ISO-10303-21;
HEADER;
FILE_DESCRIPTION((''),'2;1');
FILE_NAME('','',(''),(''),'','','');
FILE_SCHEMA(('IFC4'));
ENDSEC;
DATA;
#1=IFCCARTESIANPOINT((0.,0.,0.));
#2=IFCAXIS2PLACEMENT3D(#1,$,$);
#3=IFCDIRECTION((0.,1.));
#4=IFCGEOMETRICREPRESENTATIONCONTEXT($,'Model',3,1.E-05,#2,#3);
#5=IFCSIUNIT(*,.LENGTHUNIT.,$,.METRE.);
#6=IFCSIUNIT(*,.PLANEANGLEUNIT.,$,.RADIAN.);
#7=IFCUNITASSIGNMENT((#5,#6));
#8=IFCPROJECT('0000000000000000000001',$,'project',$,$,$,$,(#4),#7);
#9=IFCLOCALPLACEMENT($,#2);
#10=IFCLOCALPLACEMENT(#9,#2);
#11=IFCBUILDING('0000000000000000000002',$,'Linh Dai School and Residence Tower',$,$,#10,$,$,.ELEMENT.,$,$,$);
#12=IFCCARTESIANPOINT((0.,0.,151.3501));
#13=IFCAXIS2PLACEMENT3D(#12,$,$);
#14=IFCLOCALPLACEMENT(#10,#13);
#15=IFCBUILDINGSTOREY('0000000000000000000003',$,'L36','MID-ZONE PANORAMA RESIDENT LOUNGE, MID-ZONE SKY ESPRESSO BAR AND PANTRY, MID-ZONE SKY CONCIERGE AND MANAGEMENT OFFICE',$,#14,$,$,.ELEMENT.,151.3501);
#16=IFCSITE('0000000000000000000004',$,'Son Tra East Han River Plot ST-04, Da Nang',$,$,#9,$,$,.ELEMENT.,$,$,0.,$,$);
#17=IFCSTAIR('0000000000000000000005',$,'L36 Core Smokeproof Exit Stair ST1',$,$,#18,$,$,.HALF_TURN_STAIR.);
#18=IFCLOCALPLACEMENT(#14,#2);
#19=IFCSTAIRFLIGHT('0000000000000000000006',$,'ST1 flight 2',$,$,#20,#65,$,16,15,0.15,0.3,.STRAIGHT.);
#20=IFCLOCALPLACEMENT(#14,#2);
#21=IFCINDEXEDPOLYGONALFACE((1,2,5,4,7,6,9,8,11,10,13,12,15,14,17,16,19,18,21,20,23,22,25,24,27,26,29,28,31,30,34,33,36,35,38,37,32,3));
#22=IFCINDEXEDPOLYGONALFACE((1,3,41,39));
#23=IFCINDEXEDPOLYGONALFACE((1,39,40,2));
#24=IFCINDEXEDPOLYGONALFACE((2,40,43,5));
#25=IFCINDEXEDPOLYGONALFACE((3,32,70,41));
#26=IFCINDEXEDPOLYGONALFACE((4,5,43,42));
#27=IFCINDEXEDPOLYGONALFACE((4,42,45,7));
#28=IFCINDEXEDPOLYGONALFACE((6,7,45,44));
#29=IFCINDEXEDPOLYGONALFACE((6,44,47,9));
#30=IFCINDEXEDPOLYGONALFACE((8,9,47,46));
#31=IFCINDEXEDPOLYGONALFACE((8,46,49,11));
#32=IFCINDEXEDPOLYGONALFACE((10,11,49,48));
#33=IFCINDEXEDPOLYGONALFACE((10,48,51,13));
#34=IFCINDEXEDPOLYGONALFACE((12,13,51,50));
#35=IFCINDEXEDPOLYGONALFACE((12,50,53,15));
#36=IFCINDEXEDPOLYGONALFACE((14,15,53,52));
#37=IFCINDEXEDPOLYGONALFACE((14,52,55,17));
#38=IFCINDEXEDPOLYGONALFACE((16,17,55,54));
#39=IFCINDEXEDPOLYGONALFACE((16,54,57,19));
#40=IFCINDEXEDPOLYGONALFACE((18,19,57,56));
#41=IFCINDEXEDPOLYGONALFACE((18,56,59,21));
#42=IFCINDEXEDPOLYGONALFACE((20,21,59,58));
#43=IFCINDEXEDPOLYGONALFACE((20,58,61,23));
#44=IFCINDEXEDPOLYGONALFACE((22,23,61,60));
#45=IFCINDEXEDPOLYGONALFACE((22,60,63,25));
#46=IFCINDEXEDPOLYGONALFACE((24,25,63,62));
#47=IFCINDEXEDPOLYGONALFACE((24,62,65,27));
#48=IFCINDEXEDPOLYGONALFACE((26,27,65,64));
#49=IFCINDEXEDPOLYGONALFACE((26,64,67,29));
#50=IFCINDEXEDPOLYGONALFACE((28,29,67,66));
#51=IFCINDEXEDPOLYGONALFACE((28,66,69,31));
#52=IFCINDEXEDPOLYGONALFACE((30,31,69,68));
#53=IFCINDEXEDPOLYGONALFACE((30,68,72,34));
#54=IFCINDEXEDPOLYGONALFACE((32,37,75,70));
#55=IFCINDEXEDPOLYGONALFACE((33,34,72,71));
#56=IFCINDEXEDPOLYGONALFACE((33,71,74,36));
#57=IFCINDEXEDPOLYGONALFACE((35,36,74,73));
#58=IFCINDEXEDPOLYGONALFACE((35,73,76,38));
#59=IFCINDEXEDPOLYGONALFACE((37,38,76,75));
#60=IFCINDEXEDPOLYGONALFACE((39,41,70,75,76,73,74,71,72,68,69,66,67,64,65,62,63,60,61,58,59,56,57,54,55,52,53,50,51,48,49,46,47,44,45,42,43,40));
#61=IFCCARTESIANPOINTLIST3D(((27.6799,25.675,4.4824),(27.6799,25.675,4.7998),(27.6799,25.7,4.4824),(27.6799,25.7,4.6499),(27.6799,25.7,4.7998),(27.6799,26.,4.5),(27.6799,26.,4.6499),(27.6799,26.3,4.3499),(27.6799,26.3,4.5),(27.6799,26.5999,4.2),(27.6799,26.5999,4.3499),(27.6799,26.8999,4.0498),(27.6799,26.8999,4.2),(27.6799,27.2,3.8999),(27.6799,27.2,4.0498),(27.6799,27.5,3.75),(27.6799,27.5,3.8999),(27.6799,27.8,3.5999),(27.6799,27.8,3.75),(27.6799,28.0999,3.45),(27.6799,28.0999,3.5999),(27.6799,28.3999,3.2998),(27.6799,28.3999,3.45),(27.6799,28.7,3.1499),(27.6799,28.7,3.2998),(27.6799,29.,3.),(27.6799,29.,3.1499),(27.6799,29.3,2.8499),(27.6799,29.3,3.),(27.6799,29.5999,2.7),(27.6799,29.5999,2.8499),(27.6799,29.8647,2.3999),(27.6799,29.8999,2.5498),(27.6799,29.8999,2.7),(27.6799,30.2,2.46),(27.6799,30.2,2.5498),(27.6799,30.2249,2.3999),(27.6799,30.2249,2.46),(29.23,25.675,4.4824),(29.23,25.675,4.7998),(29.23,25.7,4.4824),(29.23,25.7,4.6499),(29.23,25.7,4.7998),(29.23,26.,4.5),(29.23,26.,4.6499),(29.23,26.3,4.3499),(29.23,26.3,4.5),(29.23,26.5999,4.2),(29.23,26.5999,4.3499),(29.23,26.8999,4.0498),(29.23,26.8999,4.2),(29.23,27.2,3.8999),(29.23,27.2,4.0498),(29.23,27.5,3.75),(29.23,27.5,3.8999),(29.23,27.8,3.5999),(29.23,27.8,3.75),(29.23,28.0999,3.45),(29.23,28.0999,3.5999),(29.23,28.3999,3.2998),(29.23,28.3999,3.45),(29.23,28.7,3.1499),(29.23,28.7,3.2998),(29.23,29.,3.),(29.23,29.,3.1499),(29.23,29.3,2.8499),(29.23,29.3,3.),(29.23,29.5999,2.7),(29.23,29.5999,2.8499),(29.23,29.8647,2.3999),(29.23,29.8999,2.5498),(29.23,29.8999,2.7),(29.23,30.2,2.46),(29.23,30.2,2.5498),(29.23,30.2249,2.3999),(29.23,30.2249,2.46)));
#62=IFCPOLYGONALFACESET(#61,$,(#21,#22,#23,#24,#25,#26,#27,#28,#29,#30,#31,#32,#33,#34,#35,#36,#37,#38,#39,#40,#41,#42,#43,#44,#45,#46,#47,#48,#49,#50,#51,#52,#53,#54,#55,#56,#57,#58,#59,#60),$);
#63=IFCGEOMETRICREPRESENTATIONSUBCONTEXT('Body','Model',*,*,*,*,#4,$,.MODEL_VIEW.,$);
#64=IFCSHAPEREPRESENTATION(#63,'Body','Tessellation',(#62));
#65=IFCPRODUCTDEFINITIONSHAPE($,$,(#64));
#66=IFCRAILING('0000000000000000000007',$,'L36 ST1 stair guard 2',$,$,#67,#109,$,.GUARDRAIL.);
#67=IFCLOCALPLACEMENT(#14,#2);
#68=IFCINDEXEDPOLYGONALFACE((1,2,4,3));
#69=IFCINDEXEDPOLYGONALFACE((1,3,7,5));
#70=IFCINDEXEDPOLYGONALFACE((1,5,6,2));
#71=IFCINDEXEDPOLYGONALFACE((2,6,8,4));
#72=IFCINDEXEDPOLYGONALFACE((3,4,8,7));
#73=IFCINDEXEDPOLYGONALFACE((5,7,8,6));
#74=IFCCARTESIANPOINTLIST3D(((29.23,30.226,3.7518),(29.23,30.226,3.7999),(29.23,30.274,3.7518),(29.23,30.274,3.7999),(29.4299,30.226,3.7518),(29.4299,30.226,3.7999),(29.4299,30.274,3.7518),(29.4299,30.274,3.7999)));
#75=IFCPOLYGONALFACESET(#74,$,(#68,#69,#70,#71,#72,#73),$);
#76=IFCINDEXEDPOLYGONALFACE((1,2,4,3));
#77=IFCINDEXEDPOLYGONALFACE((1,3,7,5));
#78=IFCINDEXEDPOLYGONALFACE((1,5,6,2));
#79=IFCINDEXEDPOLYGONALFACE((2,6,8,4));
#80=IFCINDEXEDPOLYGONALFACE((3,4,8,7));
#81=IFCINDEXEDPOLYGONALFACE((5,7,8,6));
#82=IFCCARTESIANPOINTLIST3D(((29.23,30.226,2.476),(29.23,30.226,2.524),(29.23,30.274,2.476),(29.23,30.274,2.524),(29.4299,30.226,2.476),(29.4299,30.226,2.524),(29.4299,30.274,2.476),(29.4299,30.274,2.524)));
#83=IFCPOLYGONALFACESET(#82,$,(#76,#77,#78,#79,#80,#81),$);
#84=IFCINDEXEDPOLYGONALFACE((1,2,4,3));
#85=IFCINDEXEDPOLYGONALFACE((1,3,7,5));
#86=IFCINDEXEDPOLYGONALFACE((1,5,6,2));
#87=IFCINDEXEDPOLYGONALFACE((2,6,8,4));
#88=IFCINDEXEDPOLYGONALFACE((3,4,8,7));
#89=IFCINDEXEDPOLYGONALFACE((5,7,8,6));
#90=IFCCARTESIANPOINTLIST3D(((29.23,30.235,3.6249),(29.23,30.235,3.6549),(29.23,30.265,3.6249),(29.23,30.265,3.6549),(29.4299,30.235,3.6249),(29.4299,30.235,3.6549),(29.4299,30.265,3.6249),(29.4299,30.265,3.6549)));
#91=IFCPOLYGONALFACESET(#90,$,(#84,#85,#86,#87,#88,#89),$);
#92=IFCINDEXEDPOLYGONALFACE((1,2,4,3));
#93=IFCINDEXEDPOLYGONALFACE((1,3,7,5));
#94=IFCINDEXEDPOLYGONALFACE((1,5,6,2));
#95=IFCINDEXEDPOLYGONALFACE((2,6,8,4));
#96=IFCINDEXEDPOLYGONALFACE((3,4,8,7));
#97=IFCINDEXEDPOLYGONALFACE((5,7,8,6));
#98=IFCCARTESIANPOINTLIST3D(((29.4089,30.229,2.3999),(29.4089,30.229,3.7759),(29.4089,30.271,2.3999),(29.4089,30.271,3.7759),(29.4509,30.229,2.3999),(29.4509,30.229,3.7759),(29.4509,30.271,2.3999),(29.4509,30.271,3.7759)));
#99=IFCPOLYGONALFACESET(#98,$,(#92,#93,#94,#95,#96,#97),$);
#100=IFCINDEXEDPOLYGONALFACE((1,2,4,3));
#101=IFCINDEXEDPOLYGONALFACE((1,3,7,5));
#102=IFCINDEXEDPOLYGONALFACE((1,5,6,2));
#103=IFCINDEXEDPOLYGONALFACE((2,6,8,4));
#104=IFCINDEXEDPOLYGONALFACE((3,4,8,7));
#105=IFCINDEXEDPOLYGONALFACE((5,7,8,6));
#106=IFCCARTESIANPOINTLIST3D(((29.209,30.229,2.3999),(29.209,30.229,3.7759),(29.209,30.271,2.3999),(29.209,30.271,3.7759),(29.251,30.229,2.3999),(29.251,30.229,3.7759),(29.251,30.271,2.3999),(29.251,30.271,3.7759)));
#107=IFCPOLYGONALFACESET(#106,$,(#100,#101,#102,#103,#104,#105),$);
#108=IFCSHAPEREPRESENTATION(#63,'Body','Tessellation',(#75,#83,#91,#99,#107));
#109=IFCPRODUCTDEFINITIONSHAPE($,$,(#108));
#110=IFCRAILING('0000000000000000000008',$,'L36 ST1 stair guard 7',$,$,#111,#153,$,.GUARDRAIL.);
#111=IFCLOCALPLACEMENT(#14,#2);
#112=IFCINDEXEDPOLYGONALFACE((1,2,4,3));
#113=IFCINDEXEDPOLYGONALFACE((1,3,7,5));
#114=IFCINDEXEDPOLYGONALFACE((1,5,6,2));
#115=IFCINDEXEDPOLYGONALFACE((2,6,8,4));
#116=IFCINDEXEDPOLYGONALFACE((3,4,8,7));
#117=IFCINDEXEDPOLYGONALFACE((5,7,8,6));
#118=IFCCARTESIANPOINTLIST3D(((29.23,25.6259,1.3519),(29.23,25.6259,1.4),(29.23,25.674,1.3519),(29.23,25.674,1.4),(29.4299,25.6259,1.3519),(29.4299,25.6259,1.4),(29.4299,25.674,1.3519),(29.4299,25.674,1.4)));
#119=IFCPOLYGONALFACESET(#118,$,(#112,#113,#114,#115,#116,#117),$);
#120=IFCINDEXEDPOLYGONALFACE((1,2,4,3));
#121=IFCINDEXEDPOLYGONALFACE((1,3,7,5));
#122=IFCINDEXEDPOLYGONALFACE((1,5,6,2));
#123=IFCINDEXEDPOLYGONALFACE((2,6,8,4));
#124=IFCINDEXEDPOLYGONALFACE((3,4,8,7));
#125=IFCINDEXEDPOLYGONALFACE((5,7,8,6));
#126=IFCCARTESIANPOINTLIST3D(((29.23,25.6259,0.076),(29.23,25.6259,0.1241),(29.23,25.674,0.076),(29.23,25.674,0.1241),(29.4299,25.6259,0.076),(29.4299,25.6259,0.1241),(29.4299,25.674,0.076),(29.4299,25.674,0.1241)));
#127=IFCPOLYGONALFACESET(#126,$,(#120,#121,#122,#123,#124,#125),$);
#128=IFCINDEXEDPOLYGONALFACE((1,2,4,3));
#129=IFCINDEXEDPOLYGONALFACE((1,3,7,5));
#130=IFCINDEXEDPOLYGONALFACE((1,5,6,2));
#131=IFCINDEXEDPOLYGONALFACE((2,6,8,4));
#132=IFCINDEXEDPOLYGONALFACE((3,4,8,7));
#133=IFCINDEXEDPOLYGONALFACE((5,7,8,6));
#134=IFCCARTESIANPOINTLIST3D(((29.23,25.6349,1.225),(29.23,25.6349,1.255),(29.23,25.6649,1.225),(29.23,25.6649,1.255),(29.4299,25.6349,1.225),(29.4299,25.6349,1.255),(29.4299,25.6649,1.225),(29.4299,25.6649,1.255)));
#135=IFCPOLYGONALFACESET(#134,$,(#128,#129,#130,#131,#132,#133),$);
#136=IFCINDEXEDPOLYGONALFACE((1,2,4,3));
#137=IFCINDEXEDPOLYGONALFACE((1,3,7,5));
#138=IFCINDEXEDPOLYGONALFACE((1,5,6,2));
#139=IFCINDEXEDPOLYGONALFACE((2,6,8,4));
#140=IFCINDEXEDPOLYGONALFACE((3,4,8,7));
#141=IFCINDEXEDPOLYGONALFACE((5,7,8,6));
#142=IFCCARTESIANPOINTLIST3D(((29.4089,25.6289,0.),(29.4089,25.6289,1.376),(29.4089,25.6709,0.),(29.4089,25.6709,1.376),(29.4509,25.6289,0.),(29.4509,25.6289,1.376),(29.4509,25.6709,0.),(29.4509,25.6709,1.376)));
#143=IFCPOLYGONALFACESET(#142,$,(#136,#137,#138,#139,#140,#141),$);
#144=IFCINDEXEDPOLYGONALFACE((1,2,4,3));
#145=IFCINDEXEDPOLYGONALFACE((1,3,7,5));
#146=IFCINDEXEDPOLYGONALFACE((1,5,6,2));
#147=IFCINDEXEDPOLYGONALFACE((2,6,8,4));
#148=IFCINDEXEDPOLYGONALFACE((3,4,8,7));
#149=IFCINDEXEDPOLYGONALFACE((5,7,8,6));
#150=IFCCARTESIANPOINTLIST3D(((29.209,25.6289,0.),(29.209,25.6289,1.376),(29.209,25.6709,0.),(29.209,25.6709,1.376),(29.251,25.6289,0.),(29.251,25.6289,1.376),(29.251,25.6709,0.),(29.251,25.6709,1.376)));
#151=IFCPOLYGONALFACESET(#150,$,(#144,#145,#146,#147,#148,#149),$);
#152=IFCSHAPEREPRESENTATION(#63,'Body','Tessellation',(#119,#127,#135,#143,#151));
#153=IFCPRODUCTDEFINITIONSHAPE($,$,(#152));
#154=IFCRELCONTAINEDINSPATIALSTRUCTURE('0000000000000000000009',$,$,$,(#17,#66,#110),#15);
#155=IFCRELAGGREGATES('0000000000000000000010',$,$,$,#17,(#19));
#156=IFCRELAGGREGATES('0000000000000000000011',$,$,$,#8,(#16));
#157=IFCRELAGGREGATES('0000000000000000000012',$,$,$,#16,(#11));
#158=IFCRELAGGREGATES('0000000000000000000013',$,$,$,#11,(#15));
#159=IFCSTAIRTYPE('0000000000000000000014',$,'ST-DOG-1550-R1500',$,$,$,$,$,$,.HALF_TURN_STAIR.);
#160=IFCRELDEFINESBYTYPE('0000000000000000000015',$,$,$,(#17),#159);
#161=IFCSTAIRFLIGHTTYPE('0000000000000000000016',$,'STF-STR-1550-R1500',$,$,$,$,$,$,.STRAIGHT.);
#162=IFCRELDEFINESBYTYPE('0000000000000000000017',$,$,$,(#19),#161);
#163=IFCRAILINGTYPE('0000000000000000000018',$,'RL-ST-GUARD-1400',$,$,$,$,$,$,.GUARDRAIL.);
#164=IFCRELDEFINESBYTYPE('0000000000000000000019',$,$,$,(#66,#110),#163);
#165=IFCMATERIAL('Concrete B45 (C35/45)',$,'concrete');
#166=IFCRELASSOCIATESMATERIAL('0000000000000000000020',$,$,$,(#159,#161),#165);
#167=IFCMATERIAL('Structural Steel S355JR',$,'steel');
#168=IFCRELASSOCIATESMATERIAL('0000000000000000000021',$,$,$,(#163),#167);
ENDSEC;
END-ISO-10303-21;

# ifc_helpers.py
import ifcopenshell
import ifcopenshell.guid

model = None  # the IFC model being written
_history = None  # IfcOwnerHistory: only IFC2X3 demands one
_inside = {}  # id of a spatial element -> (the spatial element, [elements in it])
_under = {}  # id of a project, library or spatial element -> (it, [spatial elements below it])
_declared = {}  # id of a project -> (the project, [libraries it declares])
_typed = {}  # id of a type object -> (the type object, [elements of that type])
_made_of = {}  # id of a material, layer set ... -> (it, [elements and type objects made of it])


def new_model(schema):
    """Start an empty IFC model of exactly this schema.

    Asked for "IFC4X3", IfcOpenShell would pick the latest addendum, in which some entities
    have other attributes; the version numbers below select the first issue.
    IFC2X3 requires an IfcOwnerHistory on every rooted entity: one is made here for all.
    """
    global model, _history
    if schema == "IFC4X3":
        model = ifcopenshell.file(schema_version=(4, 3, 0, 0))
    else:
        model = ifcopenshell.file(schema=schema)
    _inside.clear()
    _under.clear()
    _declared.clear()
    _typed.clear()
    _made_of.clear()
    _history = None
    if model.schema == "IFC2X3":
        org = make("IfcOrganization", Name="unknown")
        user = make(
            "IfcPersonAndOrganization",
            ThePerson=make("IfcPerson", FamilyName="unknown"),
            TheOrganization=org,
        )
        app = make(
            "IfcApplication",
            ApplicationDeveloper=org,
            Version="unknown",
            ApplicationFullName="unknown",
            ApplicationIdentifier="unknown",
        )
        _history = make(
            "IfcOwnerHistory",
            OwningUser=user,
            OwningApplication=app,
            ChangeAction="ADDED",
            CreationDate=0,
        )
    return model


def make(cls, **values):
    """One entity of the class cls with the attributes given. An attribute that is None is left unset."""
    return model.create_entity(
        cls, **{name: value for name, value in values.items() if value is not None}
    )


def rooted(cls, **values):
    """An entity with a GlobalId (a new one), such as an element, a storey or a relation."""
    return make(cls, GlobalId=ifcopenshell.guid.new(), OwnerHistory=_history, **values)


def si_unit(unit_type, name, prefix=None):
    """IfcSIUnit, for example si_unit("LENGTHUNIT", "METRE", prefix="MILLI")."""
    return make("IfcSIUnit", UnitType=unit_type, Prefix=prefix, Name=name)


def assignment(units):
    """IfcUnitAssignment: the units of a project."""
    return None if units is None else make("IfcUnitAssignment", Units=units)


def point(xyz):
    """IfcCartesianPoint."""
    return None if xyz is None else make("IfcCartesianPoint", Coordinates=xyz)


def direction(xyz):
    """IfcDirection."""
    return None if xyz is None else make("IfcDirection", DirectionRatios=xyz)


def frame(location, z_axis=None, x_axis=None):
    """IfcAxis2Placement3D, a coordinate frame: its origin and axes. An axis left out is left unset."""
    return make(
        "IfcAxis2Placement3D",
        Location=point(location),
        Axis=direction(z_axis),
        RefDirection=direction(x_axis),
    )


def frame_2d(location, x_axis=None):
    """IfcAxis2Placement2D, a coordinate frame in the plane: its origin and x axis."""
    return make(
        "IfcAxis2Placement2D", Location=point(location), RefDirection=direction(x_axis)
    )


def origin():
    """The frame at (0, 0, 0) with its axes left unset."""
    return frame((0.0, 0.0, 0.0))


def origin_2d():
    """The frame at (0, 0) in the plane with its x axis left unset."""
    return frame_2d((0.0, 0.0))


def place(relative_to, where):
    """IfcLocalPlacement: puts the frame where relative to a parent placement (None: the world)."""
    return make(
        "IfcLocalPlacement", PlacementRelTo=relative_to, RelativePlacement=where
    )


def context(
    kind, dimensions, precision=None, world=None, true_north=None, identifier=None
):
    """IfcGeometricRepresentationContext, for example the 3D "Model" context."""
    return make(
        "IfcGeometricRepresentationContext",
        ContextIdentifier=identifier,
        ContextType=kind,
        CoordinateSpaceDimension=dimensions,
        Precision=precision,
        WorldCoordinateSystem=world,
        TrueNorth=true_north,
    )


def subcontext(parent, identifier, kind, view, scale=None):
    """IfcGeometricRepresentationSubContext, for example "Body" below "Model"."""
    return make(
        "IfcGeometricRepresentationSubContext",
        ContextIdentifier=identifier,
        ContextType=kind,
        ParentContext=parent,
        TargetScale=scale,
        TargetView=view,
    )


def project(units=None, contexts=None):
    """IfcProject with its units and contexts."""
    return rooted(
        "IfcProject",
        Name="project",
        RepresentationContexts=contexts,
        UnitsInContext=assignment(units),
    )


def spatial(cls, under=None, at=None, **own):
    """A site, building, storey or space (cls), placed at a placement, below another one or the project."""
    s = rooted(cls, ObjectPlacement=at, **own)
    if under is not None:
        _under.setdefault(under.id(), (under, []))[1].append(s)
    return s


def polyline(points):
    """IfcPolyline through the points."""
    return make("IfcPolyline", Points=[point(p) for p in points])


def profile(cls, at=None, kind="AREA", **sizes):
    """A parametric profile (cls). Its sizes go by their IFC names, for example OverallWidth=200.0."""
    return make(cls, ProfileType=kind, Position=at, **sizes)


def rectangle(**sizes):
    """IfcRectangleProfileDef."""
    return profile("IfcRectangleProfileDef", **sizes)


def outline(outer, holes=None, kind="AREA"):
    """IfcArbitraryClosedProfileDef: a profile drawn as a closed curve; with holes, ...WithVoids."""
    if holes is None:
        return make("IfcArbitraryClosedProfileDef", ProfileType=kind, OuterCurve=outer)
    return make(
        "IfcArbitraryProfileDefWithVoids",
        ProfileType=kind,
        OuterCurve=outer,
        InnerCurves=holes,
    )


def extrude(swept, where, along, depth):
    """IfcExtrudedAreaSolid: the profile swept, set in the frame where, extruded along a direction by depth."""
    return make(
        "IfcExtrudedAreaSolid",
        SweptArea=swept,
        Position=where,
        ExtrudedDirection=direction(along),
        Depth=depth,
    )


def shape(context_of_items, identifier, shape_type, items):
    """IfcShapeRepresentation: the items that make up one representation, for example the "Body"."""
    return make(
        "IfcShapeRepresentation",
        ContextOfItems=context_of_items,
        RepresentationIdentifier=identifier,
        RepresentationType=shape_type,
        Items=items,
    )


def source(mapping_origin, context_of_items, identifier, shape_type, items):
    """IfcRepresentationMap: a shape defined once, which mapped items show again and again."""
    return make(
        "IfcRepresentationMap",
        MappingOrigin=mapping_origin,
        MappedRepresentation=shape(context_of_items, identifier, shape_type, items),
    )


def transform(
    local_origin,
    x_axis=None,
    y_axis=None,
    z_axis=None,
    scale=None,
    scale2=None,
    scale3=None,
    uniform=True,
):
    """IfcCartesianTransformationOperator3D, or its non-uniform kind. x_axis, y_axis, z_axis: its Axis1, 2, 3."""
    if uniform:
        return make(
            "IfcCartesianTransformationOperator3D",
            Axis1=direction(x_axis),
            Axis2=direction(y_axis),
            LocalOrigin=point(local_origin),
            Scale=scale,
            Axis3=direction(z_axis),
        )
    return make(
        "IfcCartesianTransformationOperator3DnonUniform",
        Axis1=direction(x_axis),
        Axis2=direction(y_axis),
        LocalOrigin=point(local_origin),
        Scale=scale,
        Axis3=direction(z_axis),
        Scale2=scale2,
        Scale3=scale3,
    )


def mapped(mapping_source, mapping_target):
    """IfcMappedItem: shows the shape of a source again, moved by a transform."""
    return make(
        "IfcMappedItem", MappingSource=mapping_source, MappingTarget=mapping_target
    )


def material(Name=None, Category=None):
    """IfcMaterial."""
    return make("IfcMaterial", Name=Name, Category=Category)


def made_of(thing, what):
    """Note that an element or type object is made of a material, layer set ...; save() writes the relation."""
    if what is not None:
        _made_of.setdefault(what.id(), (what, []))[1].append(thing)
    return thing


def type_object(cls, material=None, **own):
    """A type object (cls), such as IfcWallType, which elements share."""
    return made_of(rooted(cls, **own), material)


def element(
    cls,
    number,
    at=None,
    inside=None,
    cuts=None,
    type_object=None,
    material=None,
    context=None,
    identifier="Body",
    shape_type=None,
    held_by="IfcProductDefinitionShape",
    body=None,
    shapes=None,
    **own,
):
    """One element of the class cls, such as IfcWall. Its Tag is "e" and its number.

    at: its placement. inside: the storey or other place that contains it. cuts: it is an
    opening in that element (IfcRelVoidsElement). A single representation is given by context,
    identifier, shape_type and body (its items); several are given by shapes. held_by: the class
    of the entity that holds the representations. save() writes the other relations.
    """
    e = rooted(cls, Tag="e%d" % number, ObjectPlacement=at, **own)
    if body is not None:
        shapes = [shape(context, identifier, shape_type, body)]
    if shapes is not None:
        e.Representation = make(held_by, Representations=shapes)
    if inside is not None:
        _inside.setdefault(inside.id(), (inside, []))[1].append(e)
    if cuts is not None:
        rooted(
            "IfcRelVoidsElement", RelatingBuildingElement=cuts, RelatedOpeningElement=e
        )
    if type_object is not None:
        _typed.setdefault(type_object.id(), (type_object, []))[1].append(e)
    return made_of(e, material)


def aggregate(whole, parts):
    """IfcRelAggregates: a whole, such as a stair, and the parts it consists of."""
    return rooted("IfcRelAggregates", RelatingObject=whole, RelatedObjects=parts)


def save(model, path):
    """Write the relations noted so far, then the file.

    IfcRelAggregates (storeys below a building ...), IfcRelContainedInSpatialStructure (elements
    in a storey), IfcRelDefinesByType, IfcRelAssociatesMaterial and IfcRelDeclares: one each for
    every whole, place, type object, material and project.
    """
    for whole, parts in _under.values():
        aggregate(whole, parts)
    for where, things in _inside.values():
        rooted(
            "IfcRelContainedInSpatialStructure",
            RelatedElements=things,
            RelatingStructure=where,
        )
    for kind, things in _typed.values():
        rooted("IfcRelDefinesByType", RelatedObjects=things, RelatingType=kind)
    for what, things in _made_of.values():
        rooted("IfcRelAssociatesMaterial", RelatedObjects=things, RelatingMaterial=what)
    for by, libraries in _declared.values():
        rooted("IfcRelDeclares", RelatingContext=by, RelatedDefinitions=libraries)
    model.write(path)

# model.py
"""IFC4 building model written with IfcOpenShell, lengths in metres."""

from ifc_helpers import new_model, si_unit, direction, frame, origin, origin_2d, place, context, subcontext, project, spatial, polyline, rectangle, outline, extrude, source, transform, mapped, material, type_object, element, aggregate, save


model = new_model("IFC4")

# Units and contexts
model_context = context("Model", 3, precision=1e-05, world=origin(), true_north=direction((0.0, 1.0)))
body_context = subcontext(model_context, "Body", "Model", "MODEL_VIEW")
ifc_project = project(units=[si_unit("LENGTHUNIT", "METRE"), si_unit("PLANEANGLEUNIT", "RADIAN")], contexts=[model_context])

# Site, building, storey
site_placement = place(None, origin())
site = spatial("IfcSite", under=ifc_project, at=site_placement, Name="Son Tra East Han River Plot ST-04, Da Nang", CompositionType="ELEMENT", RefElevation=0.0)
building_placement = place(site_placement, origin())
building = spatial("IfcBuilding", under=site, at=building_placement, Name="Linh Dai School and Residence Tower", CompositionType="ELEMENT")
storey_placement = place(building_placement, frame((0.0, 0.0, 151.3501)))
storey = spatial("IfcBuildingStorey", under=building, at=storey_placement, Name="L36", Description="MID-ZONE PANORAMA RESIDENT LOUNGE, MID-ZONE SKY ESPRESSO BAR AND PANTRY, MID-ZONE SKY CONCIERGE AND MANAGEMENT OFFICE", CompositionType="ELEMENT", Elevation=151.3501)

# Shared definitions
ifc_material_1 = material(Name="Structural Steel S355JR", Category="steel")

# Shared definitions
ifc_material_2 = material(Name="Concrete B45 (C35/45)", Category="concrete")

# Stair, stair flight
stair_type = type_object("IfcStairType", Name="ST-DOG-1550-R1500", PredefinedType="HALF_TURN_STAIR", material=ifc_material_2)
stair_placement = place(storey_placement, origin())
stair = element("IfcStair", 1, at=stair_placement, inside=storey, type_object=stair_type, Name="L36 Core Smokeproof Exit Stair ST1", PredefinedType="HALF_TURN_STAIR")
stair_flight_type = type_object("IfcStairFlightType", Name="STF-STR-1550-R1500", PredefinedType="STRAIGHT", material=ifc_material_2)
shared_shape_1 = source(origin(), body_context, "Body", "SweptSolid", [
    extrude(outline(polyline([(-0.0249, 0.0), (-0.0249, 0.0601), (0.0, 0.0601), (0.0, 0.1499), (0.3, 0.1499), (0.3, 0.3), (0.6001, 0.3), (0.6001, 0.45), (0.8999, 0.45), (0.8999, 0.6001), (1.2, 0.6001), (1.2, 0.75), (1.5, 0.75), (1.5, 0.8999), (1.8, 0.8999), (1.8, 1.05), (2.1001, 1.05), (2.1001, 1.2), (2.3999, 1.2), (2.3999, 1.3501), (2.7, 1.3501), (2.7, 1.5), (3.0, 1.5), (3.0, 1.6499), (3.3, 1.6499), (3.3, 1.8), (3.6001, 1.8), (3.6001, 1.95), (3.8999, 1.95), (3.8999, 2.1001), (4.2, 2.1001), (4.2, 2.25), (4.5, 2.25), (4.5, 2.3999), (4.5249, 2.3999), (4.5249, 2.0825), (4.5, 2.0825), (0.3352, 0.0), (-0.0249, 0.0)])), frame((0.0, 0.7749, 0.0), z_axis=(0.0, -1.0, 0.0), x_axis=(1.0, 0.0, 0.0)), (0.0, 0.0, 1.0), 1.55),
])
stair_flight_1_placement = place(storey_placement, frame((28.4551, 30.2, 2.3999), z_axis=(0.0, 0.0, 1.0), x_axis=(0.0, -1.0, 0.0)))
stair_flight_1 = element("IfcStairFlight", 2, at=stair_flight_1_placement, type_object=stair_flight_type, Name="ST1 flight 2", NumberOfRisers=16, NumberOfTreads=15, PredefinedType="STRAIGHT", RiserHeight=0.15, TreadLength=0.3, context=body_context, shape_type="MappedRepresentation", body=[
    mapped(shared_shape_1, transform((0.0, 0.0, 0.0), x_axis=(1.0, 0.0, 0.0), y_axis=(0.0, 1.0, 0.0), z_axis=(0.0, 0.0, 1.0), scale=1.0)),
])
aggregate(stair, [stair_flight_1])

# Railings
railing_type_1 = type_object("IfcRailingType", Name="RL-ST-GUARD-1400", PredefinedType="GUARDRAIL", material=ifc_material_1)
shared_shape_2 = source(origin(), body_context, "Body", "SweptSolid", [
    extrude(rectangle(XDim=0.0481, YDim=0.0481, at=origin_2d()), frame((0.0, 0.0, 1.376), z_axis=(-1.0, 0.0, 0.0), x_axis=(0.0, -1.0, 0.0)), (0.0, 0.0, 1.0), 0.2),
    extrude(rectangle(XDim=0.0481, YDim=0.0481, at=origin_2d()), frame((0.0, 0.0, 0.1001), z_axis=(-1.0, 0.0, 0.0), x_axis=(0.0, -1.0, 0.0)), (0.0, 0.0, 1.0), 0.2),
    extrude(rectangle(XDim=0.03, YDim=0.03, at=origin_2d()), frame((0.0, 0.0, 1.24), z_axis=(-1.0, 0.0, 0.0), x_axis=(0.0, -1.0, 0.0)), (0.0, 0.0, 1.0), 0.2),
    extrude(rectangle(XDim=0.042, YDim=0.042, at=origin_2d()), origin(), (0.0, 0.0, 1.0), 1.376),
    extrude(rectangle(XDim=0.042, YDim=0.042, at=origin_2d()), frame((-0.2, 0.0, 0.0)), (0.0, 0.0, 1.0), 1.376),
])
for number, where, name in (
    (3, (29.4299, 30.25, 2.3999), "L36 ST1 stair guard 2"),
    (4, (29.4299, 25.6499, 0.0), "L36 ST1 stair guard 7"),
):
    element("IfcRailing", number, at=place(storey_placement, frame(where)), inside=storey, type_object=railing_type_1, Name=name, PredefinedType="GUARDRAIL", context=body_context, shape_type="MappedRepresentation", body=[
        mapped(shared_shape_2, transform((0.0, 0.0, 0.0), x_axis=(1.0, 0.0, 0.0), y_axis=(0.0, 1.0, 0.0), z_axis=(0.0, 0.0, 1.0), scale=1.0)),
    ])

save(model, "model.ifc")
